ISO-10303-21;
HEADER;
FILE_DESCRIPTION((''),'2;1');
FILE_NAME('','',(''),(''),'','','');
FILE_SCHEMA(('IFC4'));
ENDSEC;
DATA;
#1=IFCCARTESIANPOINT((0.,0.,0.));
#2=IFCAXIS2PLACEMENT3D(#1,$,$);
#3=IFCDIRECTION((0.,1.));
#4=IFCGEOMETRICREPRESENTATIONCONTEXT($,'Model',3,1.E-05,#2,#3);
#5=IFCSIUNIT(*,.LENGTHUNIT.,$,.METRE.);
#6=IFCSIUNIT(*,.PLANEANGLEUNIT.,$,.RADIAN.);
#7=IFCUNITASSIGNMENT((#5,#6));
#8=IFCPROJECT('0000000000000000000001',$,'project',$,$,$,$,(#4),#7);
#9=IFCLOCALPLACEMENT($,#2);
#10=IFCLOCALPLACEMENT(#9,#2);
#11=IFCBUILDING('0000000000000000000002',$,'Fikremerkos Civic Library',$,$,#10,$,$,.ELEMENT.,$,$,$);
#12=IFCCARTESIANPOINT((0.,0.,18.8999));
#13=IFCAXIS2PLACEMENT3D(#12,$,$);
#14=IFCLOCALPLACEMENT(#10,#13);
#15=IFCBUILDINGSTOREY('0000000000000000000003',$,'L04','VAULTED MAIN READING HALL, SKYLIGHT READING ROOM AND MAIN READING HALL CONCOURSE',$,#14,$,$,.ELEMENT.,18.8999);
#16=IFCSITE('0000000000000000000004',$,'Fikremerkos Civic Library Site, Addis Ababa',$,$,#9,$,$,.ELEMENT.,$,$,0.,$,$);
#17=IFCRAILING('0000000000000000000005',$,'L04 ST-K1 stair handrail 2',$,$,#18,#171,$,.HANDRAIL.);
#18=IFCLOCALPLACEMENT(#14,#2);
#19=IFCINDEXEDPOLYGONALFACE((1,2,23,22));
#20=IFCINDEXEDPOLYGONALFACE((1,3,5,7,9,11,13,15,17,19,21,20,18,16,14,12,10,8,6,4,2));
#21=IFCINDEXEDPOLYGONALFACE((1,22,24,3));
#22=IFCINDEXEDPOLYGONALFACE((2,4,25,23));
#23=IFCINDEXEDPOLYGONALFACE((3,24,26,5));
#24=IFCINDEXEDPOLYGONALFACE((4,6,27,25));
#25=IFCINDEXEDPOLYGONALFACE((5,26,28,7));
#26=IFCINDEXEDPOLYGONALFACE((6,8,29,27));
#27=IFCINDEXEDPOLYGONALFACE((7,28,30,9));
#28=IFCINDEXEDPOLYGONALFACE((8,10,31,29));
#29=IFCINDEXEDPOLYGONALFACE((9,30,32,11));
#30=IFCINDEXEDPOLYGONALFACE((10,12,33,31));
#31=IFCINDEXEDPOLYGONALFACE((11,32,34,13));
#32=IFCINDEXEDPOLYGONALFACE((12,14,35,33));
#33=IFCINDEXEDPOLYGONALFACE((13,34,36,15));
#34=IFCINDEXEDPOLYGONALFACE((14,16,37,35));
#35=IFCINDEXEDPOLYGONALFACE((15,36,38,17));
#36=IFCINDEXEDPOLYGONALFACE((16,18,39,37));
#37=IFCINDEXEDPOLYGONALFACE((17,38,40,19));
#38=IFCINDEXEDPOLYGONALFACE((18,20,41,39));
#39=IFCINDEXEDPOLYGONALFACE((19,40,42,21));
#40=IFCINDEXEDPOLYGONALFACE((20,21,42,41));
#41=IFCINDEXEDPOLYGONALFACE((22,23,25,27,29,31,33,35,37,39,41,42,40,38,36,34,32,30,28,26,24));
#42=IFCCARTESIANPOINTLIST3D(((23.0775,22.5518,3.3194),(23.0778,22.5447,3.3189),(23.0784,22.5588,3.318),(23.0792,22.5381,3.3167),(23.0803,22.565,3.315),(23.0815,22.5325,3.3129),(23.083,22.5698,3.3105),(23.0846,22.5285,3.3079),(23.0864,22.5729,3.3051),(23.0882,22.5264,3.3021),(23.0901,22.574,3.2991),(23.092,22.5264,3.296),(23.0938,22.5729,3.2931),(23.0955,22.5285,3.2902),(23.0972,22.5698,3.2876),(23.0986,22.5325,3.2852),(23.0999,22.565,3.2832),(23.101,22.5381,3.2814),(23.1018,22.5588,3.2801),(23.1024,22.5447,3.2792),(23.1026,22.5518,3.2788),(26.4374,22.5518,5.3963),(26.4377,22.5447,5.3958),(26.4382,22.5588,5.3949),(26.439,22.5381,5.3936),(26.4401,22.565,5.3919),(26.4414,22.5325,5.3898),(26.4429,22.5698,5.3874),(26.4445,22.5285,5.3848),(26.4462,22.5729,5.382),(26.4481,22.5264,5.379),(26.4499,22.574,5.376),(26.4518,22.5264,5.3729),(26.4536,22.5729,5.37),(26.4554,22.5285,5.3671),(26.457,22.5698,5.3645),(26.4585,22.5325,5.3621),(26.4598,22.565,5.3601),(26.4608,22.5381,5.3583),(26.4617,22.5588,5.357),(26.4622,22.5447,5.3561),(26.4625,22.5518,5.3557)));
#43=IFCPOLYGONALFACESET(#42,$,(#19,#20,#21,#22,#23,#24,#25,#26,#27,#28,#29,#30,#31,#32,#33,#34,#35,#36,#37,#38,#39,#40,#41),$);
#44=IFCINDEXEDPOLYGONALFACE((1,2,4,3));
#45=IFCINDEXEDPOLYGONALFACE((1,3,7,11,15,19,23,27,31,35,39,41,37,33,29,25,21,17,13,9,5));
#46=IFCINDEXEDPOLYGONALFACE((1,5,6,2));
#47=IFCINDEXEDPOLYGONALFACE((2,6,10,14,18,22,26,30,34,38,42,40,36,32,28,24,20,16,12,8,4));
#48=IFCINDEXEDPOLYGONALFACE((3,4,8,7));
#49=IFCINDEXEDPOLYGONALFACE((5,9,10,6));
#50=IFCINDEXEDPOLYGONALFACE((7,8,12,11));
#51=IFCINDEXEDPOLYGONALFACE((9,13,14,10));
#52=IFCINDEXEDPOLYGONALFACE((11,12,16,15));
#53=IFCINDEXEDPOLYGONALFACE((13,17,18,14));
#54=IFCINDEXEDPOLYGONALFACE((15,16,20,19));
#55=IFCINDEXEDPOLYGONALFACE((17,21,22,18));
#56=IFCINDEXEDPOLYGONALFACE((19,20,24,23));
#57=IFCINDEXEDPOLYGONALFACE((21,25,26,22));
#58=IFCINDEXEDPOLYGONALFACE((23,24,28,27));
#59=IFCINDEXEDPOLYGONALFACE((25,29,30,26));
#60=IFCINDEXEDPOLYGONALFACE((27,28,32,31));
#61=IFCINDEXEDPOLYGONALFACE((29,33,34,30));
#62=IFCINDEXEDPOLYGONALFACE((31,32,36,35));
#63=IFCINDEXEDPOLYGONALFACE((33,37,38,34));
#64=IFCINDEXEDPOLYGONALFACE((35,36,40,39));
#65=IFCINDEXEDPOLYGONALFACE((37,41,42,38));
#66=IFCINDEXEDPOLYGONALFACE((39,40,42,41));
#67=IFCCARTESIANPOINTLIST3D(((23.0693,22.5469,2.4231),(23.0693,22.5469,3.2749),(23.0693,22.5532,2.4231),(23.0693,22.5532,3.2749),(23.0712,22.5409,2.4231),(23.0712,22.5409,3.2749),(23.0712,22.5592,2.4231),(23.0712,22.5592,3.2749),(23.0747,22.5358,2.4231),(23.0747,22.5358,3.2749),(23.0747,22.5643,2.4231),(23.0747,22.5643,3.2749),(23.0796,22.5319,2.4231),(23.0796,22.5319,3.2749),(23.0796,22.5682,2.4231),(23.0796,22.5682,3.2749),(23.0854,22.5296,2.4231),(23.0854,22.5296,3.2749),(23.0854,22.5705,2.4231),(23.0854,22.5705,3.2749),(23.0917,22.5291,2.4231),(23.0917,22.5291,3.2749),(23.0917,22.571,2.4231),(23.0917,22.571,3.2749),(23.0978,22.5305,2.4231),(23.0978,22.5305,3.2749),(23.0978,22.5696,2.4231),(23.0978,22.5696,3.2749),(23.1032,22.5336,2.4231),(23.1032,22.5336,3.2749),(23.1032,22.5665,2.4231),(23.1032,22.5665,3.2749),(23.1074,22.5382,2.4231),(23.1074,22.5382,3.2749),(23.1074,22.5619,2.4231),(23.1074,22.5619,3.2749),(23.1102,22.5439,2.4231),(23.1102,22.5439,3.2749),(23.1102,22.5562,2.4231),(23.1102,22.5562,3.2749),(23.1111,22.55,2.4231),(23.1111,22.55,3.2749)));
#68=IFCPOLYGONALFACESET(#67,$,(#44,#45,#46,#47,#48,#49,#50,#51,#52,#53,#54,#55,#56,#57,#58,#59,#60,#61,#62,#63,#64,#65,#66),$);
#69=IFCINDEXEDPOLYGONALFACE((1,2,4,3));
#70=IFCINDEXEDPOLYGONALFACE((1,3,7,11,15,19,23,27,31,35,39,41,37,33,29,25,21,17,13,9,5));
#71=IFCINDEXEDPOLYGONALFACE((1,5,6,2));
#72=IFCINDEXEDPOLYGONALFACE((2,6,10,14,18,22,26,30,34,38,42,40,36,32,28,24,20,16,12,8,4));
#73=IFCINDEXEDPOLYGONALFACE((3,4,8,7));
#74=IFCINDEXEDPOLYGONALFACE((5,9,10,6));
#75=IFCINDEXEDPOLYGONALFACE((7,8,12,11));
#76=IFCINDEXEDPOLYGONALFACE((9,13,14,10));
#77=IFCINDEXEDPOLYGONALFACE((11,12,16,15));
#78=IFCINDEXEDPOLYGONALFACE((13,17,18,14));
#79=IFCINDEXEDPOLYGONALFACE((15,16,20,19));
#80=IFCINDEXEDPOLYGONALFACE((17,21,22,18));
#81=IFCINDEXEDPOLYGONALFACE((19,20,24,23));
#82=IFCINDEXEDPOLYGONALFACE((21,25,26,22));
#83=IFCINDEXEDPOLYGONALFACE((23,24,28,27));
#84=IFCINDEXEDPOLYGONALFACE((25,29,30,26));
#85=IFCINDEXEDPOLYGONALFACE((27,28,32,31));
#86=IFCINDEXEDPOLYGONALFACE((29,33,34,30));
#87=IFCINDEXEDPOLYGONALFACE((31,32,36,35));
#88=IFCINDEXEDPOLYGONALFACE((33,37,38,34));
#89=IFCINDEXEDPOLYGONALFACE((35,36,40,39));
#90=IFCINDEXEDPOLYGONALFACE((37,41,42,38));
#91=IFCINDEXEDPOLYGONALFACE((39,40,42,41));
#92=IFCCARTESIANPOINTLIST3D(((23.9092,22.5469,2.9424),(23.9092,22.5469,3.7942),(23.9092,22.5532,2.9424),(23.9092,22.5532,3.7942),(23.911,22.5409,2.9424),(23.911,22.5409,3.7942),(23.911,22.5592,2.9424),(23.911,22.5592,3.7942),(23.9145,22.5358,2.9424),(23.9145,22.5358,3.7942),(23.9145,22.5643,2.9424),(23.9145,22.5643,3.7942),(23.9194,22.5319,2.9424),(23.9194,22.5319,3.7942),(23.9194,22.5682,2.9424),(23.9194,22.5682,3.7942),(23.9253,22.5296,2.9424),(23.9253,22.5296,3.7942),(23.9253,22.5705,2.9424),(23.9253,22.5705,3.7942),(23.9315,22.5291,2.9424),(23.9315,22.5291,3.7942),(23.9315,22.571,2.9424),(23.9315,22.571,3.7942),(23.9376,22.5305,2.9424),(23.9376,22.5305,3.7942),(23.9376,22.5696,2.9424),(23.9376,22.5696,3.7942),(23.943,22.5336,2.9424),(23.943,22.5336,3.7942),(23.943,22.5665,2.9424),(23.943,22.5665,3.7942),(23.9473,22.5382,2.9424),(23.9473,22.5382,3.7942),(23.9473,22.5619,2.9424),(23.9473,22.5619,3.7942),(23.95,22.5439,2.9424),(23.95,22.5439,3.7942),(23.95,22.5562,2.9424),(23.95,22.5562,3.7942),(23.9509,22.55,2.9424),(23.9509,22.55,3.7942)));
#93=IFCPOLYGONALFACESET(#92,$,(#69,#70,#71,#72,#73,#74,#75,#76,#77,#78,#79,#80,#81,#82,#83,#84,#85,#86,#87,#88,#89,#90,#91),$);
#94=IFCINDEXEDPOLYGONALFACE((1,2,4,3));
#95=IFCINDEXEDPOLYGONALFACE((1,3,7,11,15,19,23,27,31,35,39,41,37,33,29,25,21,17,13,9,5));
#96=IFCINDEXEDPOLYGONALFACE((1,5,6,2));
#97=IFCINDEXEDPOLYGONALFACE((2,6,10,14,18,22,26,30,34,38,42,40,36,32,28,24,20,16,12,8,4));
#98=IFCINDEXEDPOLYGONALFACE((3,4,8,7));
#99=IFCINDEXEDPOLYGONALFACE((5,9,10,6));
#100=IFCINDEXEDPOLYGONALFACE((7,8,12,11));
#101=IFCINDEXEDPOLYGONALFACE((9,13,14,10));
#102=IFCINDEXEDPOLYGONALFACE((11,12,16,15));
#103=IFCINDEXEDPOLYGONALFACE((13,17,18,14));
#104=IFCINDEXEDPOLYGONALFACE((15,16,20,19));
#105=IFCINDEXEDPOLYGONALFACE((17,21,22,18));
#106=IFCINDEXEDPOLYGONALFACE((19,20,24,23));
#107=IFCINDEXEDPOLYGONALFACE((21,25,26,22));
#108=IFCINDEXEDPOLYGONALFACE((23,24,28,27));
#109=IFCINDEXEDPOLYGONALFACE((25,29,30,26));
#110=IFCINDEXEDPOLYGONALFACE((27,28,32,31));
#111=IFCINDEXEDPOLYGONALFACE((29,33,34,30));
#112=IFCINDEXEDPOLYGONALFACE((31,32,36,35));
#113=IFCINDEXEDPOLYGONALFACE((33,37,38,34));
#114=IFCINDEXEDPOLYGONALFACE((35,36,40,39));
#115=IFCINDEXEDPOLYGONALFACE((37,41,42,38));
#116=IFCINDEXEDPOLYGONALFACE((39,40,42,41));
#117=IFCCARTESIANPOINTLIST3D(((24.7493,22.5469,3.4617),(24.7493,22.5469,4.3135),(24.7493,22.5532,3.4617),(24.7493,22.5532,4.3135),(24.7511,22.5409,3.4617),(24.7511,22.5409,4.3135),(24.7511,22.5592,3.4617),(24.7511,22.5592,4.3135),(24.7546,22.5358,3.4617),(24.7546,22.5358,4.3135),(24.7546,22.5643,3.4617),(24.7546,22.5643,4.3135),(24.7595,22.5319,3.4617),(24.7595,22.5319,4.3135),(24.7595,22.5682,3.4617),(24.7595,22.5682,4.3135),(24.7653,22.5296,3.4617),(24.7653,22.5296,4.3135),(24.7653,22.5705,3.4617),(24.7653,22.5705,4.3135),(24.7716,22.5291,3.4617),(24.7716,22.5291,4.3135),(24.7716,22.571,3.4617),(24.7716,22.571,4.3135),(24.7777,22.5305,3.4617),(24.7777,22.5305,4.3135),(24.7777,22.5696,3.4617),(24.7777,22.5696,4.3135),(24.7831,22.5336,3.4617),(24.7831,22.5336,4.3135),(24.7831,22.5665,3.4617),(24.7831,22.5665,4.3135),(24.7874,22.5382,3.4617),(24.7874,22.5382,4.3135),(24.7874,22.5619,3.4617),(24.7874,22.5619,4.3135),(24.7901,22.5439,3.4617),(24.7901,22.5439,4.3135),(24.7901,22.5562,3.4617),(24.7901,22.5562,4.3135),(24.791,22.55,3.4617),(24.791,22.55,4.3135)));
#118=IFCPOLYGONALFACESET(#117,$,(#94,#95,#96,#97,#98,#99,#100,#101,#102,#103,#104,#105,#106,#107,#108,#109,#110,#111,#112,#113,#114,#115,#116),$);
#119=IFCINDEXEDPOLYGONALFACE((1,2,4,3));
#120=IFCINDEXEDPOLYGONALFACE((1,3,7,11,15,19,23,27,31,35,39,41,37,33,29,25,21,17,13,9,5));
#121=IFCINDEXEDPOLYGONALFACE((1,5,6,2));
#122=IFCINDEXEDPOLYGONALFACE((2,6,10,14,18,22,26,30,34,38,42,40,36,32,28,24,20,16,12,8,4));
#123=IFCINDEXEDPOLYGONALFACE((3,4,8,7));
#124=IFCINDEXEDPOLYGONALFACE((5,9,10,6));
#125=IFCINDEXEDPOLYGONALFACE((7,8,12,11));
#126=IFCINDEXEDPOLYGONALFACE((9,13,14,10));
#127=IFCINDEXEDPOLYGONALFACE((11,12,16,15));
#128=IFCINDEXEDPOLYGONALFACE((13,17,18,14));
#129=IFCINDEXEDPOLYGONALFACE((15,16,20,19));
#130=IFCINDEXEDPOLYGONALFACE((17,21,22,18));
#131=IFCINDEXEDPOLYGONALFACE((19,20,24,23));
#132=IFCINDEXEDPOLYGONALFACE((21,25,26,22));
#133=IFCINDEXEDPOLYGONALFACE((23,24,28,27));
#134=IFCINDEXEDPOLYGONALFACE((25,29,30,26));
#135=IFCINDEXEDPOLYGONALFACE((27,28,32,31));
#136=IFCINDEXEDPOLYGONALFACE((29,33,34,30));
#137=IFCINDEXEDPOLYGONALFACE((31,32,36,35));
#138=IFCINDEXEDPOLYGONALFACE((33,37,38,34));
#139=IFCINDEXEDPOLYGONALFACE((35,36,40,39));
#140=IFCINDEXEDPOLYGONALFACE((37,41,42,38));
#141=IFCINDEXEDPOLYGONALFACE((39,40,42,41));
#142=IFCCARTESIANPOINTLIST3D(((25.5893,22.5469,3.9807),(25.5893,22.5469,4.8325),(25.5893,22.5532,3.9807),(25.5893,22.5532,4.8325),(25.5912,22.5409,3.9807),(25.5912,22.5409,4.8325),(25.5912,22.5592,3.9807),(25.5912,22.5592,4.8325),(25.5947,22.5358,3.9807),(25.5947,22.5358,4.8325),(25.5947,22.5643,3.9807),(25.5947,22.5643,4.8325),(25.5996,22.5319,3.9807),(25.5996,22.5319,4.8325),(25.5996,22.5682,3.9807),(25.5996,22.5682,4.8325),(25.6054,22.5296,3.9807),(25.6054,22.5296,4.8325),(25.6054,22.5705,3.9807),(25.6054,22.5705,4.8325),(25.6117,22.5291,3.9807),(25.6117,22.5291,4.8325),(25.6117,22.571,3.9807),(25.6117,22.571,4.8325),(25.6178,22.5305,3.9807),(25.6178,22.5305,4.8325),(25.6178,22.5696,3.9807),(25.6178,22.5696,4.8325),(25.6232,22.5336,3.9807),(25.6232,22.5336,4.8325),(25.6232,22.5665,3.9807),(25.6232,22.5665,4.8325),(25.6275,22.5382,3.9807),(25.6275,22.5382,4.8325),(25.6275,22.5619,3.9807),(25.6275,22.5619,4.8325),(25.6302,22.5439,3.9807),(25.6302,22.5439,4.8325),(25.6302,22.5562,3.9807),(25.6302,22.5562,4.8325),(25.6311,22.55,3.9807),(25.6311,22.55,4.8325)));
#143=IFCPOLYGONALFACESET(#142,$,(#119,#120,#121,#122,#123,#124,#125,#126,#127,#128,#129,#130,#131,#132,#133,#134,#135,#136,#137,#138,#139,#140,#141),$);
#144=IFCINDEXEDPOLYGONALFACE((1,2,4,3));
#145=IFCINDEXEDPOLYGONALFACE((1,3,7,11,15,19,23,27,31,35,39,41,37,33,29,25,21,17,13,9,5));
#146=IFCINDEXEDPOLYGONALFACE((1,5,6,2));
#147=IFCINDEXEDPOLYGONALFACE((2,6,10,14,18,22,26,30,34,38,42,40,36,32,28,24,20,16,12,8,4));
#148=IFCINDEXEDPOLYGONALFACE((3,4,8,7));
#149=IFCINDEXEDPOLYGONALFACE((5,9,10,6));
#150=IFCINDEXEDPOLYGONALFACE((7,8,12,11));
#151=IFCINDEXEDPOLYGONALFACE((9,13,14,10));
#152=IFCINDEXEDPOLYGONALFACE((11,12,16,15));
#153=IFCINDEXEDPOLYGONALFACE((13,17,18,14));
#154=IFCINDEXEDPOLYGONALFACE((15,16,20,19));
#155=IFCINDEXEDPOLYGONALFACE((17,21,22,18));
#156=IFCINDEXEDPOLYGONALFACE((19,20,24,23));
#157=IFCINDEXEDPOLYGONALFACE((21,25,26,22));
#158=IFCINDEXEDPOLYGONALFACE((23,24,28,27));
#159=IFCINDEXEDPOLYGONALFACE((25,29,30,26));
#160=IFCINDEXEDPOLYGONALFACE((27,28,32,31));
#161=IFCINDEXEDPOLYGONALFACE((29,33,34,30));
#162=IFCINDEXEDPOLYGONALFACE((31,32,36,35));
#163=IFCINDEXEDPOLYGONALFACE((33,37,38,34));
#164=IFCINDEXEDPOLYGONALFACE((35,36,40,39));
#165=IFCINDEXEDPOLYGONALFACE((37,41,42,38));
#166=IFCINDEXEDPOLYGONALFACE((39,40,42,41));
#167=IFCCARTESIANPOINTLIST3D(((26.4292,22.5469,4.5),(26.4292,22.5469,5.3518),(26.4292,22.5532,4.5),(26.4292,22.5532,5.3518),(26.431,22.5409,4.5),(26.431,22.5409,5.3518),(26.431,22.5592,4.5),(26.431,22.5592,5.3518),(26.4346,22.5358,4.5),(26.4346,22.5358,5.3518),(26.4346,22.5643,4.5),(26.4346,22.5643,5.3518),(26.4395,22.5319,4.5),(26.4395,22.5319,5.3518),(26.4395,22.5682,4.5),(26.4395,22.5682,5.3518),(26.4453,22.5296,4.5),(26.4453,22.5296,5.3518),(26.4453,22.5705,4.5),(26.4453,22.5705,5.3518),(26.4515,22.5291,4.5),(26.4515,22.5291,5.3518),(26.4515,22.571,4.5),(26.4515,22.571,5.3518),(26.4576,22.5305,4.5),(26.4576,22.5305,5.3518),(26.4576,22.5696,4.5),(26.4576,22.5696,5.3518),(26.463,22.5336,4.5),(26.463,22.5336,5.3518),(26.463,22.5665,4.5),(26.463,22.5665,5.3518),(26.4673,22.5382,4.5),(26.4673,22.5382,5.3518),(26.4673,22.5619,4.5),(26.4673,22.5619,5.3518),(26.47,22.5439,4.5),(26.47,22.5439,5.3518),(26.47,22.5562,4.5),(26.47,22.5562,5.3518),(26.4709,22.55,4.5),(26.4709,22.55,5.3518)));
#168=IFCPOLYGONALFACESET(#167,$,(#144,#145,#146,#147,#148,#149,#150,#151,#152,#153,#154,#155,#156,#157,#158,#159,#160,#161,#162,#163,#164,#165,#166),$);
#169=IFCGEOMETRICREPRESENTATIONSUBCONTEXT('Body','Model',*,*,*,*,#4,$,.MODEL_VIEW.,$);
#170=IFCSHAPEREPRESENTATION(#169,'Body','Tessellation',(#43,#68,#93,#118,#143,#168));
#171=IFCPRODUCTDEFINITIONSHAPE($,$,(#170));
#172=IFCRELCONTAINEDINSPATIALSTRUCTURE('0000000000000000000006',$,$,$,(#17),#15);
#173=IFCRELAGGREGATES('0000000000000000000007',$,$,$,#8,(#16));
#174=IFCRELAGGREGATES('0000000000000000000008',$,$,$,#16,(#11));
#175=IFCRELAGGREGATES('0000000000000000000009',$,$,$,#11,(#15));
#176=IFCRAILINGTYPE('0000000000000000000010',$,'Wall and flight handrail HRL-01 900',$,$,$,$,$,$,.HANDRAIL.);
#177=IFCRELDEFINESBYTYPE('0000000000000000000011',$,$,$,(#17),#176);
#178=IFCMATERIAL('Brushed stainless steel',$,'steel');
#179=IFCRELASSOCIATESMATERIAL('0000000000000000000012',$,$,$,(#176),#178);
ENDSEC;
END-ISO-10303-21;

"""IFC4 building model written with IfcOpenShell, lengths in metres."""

from ifc_helpers import new_model, si_unit, direction, frame, origin, origin_2d, place, context, subcontext, project, spatial, circle, extrude, material, type_object, element, save


model = new_model("IFC4")

# Units and contexts
model_context = context("Model", 3, precision=1e-05, world=origin(), true_north=direction((0.0, 1.0)))
body_context = subcontext(model_context, "Body", "Model", "MODEL_VIEW")
ifc_project = project(units=[si_unit("LENGTHUNIT", "METRE"), si_unit("PLANEANGLEUNIT", "RADIAN")], contexts=[model_context])

# Site, building, storey
site_placement = place(None, origin())
site = spatial("IfcSite", under=ifc_project, at=site_placement, Name="Fikremerkos Civic Library Site, Addis Ababa", CompositionType="ELEMENT", RefElevation=0.0)
building_placement = place(site_placement, origin())
building = spatial("IfcBuilding", under=site, at=building_placement, Name="Fikremerkos Civic Library", CompositionType="ELEMENT")
storey_placement = place(building_placement, frame((0.0, 0.0, 18.8999)))
storey = spatial("IfcBuildingStorey", under=building, at=storey_placement, Name="L04", Description="VAULTED MAIN READING HALL, SKYLIGHT READING ROOM AND MAIN READING HALL CONCOURSE", CompositionType="ELEMENT", Elevation=18.8999)

# Shared definitions
ifc_material_1 = material(Name="Brushed stainless steel", Category="steel")

# Railing
railing_type_1 = type_object("IfcRailingType", Name="Wall and flight handrail HRL-01 900", PredefinedType="HANDRAIL", material=ifc_material_1)
railing_1_placement = place(storey_placement, frame((23.0901, 22.55, 2.4231)))
element("IfcRailing", 1, at=railing_1_placement, inside=storey, type_object=railing_type_1, Name="L04 ST-K1 stair handrail 2", PredefinedType="HANDRAIL", context=body_context, shape_type="SweptSolid", body=[
    extrude(circle(Radius=0.0239, at=origin_2d()), frame((0.0, 0.0, 0.876), z_axis=(0.850606, 0.0, 0.525803), x_axis=(0.0, 1.0, 0.0)), (0.0, 0.0, 1.0), 3.95),
    extrude(circle(Radius=0.021, at=origin_2d()), origin(), (0.0, 0.0, 1.0), 0.8518),
    extrude(circle(Radius=0.021, at=origin_2d()), frame((0.8398, 0.0, 0.5193)), (0.0, 0.0, 1.0), 0.8518),
    extrude(circle(Radius=0.021, at=origin_2d()), frame((1.6799, 0.0, 1.0386)), (0.0, 0.0, 1.0), 0.8518),
    extrude(circle(Radius=0.021, at=origin_2d()), frame((2.52, 0.0, 1.5576)), (0.0, 0.0, 1.0), 0.8518),
    extrude(circle(Radius=0.021, at=origin_2d()), frame((3.3599, 0.0, 2.0769)), (0.0, 0.0, 1.0), 0.8518),
])

save(model, "model.ifc")
